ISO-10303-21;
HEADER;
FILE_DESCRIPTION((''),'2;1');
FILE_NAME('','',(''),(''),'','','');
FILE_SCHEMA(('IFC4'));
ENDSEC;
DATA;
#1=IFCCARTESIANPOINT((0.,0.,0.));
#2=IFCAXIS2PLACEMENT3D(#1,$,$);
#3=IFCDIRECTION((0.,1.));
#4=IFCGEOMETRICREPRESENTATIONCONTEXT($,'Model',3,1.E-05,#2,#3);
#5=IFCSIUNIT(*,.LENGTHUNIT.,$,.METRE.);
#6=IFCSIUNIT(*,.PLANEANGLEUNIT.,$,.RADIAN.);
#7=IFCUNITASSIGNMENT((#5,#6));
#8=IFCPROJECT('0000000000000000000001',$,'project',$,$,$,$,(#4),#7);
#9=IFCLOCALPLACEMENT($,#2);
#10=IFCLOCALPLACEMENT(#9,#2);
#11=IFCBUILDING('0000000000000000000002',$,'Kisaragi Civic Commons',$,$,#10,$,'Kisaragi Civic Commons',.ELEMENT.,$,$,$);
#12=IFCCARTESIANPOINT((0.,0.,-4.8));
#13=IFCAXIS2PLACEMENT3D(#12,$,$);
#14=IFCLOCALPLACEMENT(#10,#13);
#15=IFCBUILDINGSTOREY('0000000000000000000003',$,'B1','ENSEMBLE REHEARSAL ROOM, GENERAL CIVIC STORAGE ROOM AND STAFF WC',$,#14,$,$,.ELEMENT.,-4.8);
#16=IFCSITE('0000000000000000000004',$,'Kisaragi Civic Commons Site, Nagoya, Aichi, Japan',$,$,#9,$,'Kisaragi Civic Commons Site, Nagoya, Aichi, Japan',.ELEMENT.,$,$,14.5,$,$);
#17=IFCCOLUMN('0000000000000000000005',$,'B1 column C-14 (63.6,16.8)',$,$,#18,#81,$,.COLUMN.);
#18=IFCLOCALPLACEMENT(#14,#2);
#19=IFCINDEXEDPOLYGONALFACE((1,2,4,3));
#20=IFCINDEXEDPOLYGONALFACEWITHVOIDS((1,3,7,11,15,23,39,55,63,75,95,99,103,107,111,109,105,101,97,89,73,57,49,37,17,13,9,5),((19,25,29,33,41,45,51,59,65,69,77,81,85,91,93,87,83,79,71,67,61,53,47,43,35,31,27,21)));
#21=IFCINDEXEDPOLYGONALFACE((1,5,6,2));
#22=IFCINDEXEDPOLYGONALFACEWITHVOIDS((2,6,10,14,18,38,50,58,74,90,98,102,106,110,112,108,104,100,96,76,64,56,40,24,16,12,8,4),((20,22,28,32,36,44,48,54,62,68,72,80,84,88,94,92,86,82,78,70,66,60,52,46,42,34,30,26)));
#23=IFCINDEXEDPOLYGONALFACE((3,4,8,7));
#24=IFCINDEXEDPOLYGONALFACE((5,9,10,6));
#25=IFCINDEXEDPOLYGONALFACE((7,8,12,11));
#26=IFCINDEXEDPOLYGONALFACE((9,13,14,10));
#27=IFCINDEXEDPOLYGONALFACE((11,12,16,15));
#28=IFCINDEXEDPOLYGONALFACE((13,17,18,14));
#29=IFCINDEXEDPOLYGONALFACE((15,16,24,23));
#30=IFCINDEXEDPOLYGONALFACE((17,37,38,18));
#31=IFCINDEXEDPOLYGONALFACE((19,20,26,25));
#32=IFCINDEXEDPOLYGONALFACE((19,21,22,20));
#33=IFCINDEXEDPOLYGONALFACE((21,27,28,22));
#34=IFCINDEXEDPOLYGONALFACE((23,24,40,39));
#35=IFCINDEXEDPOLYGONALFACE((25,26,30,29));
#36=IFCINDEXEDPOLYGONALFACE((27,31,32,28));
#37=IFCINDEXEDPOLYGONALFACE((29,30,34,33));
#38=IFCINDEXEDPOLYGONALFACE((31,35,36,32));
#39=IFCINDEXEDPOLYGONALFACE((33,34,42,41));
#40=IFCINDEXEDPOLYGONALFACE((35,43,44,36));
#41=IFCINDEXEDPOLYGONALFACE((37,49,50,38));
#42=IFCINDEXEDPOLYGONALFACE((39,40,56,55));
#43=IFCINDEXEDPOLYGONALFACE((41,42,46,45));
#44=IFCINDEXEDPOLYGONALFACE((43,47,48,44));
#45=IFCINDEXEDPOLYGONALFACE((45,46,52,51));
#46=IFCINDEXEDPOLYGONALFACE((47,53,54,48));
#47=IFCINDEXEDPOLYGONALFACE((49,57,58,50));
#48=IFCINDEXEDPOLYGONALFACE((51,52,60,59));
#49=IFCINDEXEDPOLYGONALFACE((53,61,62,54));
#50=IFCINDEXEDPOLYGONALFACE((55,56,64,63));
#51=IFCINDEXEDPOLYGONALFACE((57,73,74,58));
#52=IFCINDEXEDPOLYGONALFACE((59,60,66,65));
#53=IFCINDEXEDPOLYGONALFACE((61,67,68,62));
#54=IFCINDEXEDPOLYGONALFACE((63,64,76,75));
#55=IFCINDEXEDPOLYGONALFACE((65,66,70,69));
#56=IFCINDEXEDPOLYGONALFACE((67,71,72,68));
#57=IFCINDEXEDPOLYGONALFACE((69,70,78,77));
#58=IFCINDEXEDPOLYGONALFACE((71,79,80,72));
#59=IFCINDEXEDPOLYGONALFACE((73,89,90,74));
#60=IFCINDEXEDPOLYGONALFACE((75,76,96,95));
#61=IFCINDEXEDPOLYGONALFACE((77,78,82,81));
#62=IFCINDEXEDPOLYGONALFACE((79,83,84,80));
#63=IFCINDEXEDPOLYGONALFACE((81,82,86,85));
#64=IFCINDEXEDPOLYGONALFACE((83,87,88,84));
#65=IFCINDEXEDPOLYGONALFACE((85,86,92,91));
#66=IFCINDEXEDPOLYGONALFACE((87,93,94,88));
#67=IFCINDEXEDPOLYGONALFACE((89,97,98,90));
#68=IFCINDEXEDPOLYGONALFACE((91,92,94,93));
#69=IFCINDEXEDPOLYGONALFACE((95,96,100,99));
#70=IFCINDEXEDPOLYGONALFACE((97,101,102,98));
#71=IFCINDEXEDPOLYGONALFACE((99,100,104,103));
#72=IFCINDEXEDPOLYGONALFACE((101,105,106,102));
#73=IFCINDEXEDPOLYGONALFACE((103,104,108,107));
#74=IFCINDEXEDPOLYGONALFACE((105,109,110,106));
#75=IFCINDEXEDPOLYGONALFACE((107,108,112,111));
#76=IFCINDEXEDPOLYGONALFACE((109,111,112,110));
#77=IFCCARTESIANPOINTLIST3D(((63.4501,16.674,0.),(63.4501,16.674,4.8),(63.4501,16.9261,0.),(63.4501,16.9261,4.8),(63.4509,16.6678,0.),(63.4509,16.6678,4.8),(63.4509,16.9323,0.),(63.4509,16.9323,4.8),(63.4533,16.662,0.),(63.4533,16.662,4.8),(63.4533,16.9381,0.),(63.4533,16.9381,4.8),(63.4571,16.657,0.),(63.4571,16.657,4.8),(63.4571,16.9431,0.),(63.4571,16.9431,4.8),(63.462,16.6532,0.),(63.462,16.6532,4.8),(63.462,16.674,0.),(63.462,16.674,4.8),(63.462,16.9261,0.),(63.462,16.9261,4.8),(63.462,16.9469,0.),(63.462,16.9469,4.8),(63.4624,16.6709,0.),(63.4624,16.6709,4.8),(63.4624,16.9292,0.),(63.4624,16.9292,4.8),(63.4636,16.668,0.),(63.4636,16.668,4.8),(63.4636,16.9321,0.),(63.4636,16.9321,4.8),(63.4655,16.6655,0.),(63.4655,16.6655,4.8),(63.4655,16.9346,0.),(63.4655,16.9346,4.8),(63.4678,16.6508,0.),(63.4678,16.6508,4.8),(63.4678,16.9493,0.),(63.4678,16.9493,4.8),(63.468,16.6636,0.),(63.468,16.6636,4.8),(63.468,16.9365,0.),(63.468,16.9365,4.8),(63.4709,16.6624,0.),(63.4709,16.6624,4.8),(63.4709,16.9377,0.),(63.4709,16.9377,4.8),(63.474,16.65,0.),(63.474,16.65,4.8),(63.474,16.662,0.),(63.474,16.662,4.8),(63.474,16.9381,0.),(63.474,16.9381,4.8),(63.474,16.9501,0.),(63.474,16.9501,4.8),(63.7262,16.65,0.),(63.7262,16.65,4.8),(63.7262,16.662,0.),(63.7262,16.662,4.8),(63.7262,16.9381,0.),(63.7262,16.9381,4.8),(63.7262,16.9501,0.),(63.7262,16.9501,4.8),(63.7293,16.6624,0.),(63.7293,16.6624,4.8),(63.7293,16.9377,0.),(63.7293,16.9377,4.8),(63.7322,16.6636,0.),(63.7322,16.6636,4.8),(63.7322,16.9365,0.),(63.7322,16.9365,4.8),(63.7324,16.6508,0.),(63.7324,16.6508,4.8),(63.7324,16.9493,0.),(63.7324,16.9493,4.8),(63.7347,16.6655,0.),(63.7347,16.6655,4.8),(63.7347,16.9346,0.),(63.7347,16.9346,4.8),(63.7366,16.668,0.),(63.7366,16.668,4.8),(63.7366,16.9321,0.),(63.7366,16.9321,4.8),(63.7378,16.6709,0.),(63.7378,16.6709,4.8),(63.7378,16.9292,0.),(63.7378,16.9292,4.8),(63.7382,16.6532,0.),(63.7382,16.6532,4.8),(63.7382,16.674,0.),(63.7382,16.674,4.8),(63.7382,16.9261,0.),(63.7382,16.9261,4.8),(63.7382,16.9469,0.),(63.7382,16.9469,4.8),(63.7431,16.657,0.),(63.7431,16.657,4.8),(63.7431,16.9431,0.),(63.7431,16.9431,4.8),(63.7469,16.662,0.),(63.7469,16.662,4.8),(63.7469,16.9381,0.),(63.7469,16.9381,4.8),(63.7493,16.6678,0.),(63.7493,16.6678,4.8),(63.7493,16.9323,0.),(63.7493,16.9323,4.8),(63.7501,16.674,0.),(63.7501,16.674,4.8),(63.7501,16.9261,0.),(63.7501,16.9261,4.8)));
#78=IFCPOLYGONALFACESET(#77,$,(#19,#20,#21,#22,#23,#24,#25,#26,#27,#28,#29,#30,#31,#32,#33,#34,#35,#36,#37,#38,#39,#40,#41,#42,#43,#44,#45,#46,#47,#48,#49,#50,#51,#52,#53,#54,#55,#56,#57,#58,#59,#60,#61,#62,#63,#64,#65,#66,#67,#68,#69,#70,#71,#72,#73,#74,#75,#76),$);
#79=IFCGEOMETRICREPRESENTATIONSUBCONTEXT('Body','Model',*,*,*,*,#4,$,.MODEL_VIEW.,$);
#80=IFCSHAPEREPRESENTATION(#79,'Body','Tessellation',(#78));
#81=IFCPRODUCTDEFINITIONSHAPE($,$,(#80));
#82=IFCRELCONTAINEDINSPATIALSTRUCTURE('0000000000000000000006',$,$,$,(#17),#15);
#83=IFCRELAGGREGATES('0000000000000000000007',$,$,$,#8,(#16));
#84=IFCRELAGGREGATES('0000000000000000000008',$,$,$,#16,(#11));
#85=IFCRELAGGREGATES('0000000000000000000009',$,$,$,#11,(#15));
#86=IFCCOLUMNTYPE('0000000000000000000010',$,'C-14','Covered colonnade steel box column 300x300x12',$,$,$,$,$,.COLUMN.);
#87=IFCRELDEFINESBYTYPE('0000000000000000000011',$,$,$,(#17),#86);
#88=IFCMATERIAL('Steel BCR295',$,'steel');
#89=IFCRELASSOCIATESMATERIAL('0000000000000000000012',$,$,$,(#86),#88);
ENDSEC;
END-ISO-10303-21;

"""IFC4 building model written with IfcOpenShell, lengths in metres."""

from ifc_helpers import new_model, si_unit, direction, frame, origin, origin_2d, place, context, subcontext, project, spatial, hollow_rectangle, extrude, material, material_profile, profile_set, type_object, element, save


model = new_model("IFC4")

# Units and contexts
model_context = context("Model", 3, precision=1e-05, world=origin(), true_north=direction((0.0, 1.0)))
body_context = subcontext(model_context, "Body", "Model", "MODEL_VIEW")
ifc_project = project(units=[si_unit("LENGTHUNIT", "METRE"), si_unit("PLANEANGLEUNIT", "RADIAN")], contexts=[model_context])

# Site, building, storey
site_placement = place(None, origin())
site = spatial("IfcSite", under=ifc_project, at=site_placement, Name="Kisaragi Civic Commons Site, Nagoya, Aichi, Japan", LongName="Kisaragi Civic Commons Site, Nagoya, Aichi, Japan", CompositionType="ELEMENT", RefElevation=14.5)
building_placement = place(site_placement, origin())
building = spatial("IfcBuilding", under=site, at=building_placement, Name="Kisaragi Civic Commons", LongName="Kisaragi Civic Commons", CompositionType="ELEMENT")
storey_placement = place(building_placement, frame((0.0, 0.0, -4.8)))
storey = spatial("IfcBuildingStorey", under=building, at=storey_placement, Name="B1", Description="ENSEMBLE REHEARSAL ROOM, GENERAL CIVIC STORAGE ROOM AND STAFF WC", CompositionType="ELEMENT", Elevation=-4.8)

# Column
ifc_material_1 = material(Name="Steel BCR295", Category="steel")
ifc_material_profile_1 = material_profile(ifc_material_1, hollow_rectangle(XDim=0.3, YDim=0.3, WallThickness=0.012, InnerFilletRadius=0.012, OuterFilletRadius=0.0239, at=origin_2d()), Name="BCR-300x300x12", Category="steel")
ifc_profile_set_1 = profile_set([ifc_material_profile_1], Name="Steel BCR295")
column_type_1 = type_object("IfcColumnType", Name="C-14", Description="Covered colonnade steel box column 300x300x12", PredefinedType="COLUMN", material=ifc_profile_set_1)
for number, where, z_axis, x_axis, name in (
    (1, (63.6001, 16.8, 0.0), (0.0, 0.0, 1.0), (1.0, 0.0, 0.0), "B1 column C-14 (63.6,16.8)"),
):
    element("IfcColumn", number, at=place(storey_placement, frame(where, z_axis=z_axis, x_axis=x_axis)), inside=storey, type_object=column_type_1, Name=name, PredefinedType="COLUMN", context=body_context, shape_type="SweptSolid", body=[
        extrude(hollow_rectangle(XDim=0.3, YDim=0.3, WallThickness=0.012, InnerFilletRadius=0.012, OuterFilletRadius=0.0239, at=origin_2d()), origin(), (0.0, 0.0, 1.0), 4.8),
    ])

save(model, "model.ifc")
